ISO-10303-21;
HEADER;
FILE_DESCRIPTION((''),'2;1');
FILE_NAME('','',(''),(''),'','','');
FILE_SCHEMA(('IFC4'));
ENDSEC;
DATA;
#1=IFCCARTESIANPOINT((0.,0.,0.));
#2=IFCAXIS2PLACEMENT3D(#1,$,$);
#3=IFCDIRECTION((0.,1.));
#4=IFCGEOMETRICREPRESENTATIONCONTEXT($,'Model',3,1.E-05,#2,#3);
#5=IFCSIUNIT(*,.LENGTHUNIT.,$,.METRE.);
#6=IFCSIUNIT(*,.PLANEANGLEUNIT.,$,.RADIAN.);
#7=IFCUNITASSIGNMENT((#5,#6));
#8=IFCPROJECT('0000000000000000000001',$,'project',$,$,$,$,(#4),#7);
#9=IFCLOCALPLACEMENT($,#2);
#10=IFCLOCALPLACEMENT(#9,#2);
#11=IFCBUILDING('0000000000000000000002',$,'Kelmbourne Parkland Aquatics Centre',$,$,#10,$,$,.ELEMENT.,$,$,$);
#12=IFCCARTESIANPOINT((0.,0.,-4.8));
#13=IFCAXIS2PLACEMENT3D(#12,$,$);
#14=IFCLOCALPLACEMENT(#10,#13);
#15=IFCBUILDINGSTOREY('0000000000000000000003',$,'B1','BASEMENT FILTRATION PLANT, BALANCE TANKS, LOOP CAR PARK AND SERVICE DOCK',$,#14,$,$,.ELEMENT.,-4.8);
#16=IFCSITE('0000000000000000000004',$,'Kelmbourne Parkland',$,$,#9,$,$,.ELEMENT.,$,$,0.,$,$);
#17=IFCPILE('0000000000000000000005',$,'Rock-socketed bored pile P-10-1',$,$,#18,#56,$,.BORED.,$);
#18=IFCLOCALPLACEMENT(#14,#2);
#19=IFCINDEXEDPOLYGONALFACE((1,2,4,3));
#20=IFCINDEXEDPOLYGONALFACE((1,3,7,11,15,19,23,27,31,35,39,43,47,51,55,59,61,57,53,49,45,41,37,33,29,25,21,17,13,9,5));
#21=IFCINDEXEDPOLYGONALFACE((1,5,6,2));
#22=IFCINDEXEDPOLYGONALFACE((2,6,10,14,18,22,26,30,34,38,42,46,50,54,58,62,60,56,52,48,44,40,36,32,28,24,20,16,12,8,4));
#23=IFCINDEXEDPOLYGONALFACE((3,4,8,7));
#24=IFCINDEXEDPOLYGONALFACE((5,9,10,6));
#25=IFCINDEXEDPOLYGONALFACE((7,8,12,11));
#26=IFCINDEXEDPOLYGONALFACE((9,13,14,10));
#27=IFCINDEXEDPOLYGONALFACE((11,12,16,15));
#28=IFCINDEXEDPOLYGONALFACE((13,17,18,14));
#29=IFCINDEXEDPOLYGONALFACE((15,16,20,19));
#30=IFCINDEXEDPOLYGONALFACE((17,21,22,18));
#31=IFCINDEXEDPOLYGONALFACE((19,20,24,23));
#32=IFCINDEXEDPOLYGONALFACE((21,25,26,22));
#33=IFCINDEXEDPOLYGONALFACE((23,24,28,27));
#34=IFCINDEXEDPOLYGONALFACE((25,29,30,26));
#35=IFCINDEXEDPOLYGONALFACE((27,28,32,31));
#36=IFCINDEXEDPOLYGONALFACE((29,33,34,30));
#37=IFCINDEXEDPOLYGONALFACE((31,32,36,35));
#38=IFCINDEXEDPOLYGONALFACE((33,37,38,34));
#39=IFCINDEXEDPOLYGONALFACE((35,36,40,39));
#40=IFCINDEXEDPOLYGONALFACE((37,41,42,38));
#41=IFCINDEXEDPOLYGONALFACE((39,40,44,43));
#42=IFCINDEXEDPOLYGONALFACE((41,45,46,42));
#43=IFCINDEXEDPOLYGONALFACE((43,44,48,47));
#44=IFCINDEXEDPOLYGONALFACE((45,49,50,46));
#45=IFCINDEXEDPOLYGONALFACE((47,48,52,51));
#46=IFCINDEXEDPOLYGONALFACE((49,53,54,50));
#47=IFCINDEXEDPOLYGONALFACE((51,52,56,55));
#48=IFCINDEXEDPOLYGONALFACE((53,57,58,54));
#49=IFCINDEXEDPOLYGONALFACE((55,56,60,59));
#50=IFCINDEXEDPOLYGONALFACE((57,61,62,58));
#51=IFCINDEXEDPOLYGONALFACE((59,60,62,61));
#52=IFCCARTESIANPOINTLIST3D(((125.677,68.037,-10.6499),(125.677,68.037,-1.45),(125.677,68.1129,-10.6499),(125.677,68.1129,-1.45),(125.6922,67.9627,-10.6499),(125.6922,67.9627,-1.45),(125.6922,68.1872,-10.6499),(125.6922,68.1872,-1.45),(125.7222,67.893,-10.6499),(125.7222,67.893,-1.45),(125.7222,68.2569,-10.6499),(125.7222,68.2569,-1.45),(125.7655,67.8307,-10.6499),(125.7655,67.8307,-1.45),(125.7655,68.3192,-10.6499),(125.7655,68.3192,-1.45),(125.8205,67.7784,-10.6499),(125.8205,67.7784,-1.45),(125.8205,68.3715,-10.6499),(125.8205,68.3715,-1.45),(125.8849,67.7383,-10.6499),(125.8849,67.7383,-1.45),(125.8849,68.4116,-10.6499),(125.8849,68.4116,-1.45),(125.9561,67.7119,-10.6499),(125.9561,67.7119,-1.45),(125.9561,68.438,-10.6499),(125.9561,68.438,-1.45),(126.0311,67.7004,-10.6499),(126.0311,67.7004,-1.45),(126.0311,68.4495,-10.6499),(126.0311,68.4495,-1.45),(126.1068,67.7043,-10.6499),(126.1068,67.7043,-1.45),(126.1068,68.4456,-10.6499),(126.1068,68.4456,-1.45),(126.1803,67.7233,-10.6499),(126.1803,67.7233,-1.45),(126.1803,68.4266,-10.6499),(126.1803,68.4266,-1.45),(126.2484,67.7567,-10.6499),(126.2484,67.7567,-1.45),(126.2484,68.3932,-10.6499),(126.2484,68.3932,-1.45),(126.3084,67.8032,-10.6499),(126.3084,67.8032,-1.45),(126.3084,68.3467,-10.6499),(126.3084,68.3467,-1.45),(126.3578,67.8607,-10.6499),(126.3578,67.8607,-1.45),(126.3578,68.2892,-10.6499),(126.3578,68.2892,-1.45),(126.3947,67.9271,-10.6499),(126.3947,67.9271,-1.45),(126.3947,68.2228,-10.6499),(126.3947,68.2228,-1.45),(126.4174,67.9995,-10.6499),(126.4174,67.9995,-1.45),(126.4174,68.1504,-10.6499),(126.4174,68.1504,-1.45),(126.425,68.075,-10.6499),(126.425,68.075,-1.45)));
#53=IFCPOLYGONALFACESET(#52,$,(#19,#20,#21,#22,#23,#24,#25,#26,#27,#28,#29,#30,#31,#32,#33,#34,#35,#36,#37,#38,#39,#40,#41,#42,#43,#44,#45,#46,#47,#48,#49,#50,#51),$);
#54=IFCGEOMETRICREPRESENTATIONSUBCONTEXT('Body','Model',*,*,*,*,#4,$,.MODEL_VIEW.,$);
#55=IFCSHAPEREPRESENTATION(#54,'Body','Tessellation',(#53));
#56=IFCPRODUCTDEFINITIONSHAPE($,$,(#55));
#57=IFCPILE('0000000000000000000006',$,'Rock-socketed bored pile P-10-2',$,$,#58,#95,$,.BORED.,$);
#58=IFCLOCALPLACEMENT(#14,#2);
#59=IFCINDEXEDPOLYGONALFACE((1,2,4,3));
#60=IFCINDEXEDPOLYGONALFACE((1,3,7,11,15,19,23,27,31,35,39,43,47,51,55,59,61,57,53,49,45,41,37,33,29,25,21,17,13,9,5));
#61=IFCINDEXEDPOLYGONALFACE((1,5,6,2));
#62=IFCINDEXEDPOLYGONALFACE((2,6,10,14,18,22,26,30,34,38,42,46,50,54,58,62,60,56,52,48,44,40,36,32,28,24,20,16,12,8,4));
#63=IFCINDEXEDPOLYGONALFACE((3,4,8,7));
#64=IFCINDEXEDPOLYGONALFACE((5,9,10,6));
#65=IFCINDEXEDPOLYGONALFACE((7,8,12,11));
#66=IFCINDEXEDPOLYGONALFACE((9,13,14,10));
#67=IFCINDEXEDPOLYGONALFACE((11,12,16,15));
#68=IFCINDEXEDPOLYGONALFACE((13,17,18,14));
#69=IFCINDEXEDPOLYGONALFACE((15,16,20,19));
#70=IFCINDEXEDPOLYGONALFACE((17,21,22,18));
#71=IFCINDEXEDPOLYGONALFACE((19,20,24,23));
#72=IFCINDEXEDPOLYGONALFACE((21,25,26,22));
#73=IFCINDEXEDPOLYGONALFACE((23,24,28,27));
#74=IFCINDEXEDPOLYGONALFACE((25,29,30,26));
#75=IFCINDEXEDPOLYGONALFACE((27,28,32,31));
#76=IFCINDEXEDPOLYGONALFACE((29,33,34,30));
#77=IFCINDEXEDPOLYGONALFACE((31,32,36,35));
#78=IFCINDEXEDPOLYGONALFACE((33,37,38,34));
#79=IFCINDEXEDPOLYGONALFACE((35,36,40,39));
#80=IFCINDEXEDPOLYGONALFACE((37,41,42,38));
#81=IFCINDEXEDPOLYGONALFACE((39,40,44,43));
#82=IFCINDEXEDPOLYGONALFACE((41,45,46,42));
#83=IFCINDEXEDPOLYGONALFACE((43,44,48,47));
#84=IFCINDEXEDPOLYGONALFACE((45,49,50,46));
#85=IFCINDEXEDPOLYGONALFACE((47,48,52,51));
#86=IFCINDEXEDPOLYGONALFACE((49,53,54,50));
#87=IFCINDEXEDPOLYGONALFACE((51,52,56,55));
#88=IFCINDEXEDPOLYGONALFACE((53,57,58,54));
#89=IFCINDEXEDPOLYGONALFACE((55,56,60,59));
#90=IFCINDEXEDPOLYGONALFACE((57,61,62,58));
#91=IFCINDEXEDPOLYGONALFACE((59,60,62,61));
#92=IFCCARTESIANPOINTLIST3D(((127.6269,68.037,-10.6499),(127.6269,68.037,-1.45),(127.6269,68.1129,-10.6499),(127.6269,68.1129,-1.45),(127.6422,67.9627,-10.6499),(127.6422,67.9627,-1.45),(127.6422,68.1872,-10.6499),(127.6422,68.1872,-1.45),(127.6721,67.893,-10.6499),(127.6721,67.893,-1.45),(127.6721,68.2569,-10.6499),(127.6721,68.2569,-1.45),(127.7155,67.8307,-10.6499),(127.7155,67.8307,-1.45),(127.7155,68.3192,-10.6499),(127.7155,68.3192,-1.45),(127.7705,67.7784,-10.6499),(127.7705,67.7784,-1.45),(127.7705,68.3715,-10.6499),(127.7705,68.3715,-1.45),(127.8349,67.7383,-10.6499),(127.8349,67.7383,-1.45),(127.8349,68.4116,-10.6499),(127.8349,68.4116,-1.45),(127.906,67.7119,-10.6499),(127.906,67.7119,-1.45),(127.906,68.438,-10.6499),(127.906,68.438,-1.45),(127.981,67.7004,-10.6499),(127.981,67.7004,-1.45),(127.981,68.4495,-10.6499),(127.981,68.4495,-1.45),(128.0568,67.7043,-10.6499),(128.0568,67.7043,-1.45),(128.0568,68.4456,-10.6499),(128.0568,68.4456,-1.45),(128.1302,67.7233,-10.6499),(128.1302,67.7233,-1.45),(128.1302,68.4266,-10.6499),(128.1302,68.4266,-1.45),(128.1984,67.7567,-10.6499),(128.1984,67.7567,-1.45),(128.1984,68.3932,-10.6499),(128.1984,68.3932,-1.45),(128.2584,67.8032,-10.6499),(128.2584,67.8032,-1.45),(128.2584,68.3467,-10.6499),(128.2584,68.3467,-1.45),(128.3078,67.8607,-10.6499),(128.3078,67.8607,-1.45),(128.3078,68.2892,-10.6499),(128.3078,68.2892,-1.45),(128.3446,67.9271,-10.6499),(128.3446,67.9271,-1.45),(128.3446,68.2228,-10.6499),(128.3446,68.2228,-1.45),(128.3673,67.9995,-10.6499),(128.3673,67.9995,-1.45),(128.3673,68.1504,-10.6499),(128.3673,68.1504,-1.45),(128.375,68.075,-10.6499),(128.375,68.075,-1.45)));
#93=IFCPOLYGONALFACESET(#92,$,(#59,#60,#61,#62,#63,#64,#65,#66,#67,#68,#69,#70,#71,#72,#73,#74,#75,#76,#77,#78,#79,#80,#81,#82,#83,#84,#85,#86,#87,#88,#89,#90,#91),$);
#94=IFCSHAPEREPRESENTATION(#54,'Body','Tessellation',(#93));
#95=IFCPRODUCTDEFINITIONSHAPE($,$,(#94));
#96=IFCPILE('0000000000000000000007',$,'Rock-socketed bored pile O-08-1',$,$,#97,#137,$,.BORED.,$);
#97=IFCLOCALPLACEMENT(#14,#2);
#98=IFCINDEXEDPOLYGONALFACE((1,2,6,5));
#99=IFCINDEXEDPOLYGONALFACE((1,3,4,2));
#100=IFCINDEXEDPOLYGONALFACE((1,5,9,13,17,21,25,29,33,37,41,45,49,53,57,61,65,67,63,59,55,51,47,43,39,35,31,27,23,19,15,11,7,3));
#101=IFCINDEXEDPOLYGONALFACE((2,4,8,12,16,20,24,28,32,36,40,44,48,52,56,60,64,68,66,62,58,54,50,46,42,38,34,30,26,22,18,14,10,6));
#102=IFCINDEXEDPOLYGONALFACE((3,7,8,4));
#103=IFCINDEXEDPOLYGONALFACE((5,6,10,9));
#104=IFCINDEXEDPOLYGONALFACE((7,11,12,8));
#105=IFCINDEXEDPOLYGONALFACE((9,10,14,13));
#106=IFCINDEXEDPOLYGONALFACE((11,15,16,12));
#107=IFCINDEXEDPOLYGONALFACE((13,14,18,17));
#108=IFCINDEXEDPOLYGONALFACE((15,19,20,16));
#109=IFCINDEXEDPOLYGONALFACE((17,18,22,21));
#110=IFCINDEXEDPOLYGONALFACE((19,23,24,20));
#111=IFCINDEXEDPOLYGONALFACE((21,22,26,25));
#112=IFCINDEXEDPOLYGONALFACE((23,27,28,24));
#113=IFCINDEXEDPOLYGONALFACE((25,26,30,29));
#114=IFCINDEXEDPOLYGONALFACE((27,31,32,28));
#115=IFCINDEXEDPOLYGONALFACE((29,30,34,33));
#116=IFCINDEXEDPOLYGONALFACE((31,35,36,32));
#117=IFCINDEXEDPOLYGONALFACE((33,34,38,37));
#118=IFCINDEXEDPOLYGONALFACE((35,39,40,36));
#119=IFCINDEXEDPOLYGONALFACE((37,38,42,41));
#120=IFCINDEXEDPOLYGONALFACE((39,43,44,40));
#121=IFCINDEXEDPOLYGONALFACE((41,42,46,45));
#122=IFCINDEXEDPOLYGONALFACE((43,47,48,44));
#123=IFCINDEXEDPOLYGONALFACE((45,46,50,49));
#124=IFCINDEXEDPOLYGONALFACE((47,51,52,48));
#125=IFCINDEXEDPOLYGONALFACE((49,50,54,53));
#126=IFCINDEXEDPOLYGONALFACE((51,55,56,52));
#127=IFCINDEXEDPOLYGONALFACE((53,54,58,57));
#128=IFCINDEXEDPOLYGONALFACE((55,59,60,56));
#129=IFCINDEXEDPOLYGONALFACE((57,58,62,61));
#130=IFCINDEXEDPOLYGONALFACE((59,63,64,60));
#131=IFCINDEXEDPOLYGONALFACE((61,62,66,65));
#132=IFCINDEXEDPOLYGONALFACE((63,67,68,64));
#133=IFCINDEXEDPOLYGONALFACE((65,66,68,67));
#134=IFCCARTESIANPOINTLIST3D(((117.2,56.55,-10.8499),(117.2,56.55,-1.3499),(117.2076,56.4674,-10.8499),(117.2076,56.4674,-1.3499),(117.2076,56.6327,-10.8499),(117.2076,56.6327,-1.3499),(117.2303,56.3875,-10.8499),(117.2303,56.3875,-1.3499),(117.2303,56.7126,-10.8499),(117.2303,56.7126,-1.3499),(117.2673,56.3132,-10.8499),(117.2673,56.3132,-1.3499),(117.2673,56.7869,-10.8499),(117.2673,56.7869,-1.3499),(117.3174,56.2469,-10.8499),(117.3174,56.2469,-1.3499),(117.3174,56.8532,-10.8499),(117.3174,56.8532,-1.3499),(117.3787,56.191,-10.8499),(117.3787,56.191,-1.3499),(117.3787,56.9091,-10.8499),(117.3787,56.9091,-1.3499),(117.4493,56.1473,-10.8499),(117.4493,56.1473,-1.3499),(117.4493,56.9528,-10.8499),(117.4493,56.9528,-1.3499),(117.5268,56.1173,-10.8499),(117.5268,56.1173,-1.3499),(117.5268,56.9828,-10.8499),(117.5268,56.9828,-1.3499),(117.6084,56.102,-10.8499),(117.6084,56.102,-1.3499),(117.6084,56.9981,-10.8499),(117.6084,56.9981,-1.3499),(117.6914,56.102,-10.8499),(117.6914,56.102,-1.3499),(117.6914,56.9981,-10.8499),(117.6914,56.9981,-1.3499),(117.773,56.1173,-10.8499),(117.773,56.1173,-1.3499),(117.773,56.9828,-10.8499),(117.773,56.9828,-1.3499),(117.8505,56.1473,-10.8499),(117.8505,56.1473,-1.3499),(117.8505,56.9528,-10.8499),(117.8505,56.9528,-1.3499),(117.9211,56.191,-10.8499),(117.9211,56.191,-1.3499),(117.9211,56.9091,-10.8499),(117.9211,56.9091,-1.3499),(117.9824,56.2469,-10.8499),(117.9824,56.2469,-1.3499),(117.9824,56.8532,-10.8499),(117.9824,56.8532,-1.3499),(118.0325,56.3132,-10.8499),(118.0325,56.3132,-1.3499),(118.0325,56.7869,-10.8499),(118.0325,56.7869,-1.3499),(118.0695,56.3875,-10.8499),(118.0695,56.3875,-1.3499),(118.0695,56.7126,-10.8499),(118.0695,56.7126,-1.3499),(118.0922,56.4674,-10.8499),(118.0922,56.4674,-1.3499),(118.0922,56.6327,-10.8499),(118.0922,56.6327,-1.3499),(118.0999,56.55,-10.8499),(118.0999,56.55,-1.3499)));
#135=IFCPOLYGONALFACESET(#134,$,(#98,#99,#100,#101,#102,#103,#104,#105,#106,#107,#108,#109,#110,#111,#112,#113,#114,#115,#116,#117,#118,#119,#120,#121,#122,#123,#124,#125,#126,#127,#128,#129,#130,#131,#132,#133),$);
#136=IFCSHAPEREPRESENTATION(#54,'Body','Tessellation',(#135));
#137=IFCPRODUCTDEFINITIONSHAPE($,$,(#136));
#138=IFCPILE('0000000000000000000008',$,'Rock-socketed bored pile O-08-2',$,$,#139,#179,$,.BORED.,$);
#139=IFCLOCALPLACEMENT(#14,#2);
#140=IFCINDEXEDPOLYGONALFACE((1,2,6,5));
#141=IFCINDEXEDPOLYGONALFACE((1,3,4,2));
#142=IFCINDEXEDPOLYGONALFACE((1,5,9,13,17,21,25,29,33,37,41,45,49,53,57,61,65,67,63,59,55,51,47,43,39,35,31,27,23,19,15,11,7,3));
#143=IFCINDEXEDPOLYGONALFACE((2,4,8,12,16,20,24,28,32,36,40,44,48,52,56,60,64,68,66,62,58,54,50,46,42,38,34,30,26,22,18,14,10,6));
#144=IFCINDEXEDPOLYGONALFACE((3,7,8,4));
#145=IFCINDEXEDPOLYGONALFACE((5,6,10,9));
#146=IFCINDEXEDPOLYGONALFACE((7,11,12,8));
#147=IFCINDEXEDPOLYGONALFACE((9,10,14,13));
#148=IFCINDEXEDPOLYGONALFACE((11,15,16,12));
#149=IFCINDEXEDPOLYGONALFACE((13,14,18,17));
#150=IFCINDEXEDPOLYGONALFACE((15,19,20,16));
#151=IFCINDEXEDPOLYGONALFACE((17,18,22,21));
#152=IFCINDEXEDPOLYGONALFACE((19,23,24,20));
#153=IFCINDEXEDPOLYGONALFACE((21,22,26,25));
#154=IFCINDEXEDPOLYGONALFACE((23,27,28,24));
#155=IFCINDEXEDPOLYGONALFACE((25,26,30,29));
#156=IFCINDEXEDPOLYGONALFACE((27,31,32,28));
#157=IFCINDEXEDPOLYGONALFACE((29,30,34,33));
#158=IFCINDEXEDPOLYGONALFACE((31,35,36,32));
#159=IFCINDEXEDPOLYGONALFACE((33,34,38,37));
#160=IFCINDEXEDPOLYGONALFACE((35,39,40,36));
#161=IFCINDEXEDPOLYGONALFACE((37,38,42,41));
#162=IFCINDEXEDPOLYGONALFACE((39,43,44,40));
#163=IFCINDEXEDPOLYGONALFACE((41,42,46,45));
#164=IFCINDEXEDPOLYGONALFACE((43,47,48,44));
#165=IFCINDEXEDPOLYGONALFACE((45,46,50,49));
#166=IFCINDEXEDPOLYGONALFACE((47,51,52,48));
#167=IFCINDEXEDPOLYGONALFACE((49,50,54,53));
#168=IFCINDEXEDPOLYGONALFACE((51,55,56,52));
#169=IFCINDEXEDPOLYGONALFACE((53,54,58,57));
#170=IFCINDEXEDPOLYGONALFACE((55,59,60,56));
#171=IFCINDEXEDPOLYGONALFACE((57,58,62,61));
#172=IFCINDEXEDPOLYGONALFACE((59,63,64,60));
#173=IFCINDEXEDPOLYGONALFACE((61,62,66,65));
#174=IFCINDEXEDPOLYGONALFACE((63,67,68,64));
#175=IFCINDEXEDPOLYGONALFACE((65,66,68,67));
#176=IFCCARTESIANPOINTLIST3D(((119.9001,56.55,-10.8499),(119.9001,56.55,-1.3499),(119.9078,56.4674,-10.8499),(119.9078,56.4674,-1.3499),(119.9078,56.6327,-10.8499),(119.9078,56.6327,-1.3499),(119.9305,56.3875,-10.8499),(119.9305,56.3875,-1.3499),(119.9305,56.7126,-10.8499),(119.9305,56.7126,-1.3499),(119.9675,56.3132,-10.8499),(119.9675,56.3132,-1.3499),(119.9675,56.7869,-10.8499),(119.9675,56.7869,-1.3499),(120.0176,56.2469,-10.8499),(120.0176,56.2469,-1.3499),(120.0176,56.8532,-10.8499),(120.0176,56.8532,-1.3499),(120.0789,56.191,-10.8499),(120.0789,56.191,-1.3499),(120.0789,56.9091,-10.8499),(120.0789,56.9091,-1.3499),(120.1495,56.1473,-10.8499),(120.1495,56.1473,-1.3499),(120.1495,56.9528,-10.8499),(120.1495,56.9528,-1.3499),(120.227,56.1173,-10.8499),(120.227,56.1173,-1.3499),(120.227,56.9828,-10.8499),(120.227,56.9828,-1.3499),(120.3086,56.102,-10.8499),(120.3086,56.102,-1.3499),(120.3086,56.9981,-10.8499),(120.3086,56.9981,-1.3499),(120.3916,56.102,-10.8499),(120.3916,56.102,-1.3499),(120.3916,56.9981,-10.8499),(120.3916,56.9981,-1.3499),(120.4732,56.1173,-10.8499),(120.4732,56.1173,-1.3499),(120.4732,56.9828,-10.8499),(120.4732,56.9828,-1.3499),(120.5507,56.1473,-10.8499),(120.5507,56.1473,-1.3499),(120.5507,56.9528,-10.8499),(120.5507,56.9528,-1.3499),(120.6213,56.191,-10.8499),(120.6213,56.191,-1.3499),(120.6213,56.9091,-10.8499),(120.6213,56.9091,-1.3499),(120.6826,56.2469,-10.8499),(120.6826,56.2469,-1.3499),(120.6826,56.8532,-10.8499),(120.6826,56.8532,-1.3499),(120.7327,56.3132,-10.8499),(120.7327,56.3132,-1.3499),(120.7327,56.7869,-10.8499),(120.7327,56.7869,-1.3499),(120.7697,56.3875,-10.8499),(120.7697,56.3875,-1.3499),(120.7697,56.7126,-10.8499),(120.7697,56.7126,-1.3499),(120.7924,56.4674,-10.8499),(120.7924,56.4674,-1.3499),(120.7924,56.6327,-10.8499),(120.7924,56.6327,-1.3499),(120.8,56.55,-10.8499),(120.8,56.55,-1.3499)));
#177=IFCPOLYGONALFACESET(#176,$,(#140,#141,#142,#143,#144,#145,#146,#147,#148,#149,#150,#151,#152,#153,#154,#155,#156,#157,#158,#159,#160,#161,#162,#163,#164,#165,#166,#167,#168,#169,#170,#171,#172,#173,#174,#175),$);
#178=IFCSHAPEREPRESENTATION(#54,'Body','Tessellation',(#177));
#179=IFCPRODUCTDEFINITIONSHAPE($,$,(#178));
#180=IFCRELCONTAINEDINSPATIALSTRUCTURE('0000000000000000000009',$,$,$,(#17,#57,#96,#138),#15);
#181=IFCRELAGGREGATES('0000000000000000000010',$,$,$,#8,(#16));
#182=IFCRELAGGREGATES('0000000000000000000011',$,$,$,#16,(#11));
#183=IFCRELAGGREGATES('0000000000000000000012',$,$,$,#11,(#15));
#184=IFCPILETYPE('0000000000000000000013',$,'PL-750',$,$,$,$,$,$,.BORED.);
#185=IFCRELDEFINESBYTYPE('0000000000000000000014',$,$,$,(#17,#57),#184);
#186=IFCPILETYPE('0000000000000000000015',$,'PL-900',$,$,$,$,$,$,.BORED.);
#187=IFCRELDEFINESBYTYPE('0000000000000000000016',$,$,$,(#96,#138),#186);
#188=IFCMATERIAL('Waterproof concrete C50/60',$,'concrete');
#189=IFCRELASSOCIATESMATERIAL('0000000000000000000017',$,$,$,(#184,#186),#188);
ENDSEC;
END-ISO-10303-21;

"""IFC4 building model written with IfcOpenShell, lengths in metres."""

from ifc_helpers import new_model, si_unit, direction, frame, origin, origin_2d, place, context, subcontext, project, spatial, circle, extrude, material, material_profile, profile_set, type_object, element, save


model = new_model("IFC4")

# Units and contexts
model_context = context("Model", 3, precision=1e-05, world=origin(), true_north=direction((0.0, 1.0)))
body_context = subcontext(model_context, "Body", "Model", "MODEL_VIEW")
ifc_project = project(units=[si_unit("LENGTHUNIT", "METRE"), si_unit("PLANEANGLEUNIT", "RADIAN")], contexts=[model_context])

# Site, building, storey
site_placement = place(None, origin())
site = spatial("IfcSite", under=ifc_project, at=site_placement, Name="Kelmbourne Parkland", CompositionType="ELEMENT", RefElevation=0.0)
building_placement = place(site_placement, origin())
building = spatial("IfcBuilding", under=site, at=building_placement, Name="Kelmbourne Parkland Aquatics Centre", CompositionType="ELEMENT")
storey_placement = place(building_placement, frame((0.0, 0.0, -4.8)))
storey = spatial("IfcBuildingStorey", under=building, at=storey_placement, Name="B1", Description="BASEMENT FILTRATION PLANT, BALANCE TANKS, LOOP CAR PARK AND SERVICE DOCK", CompositionType="ELEMENT", Elevation=-4.8)

# Shared definitions
ifc_material_1 = material(Name="Waterproof concrete C50/60", Category="concrete")

# Piles
ifc_material_profile_1 = material_profile(ifc_material_1, circle(Radius=0.375, at=origin_2d()), Name="PILE D750")
ifc_profile_set_1 = profile_set([ifc_material_profile_1], Name="Waterproof concrete C50/60")
pile_type_1 = type_object("IfcPileType", Name="PL-750", PredefinedType="BORED", material=ifc_profile_set_1)
for number, where, z_axis, x_axis, name in (
    (1, (126.05, 68.075, -1.45), (0.0, 0.0, -1.0), (1.0, 0.0, 0.0), "Rock-socketed bored pile P-10-1"),
    (2, (128.0, 68.075, -1.45), (0.0, 0.0, -1.0), (1.0, 0.0, 0.0), "Rock-socketed bored pile P-10-2"),
):
    element("IfcPile", number, at=place(storey_placement, frame(where, z_axis=z_axis, x_axis=x_axis)), inside=storey, type_object=pile_type_1, Name=name, PredefinedType="BORED", context=body_context, shape_type="SweptSolid", body=[
        extrude(circle(Radius=0.375, at=origin_2d()), origin(), (0.0, 0.0, 1.0), 9.2),
    ])
ifc_material_profile_2 = material_profile(ifc_material_1, circle(Radius=0.45, at=origin_2d()), Name="PILE D900")
ifc_profile_set_2 = profile_set([ifc_material_profile_2], Name="Waterproof concrete C50/60")
pile_type_2 = type_object("IfcPileType", Name="PL-900", PredefinedType="BORED", material=ifc_profile_set_2)
for number, where, z_axis, x_axis, name in (
    (3, (117.6499, 56.55, -1.3499), (0.0, 0.0, -1.0), (1.0, 0.0, 0.0), "Rock-socketed bored pile O-08-1"),
    (4, (120.3501, 56.55, -1.3499), (0.0, 0.0, -1.0), (1.0, 0.0, 0.0), "Rock-socketed bored pile O-08-2"),
):
    element("IfcPile", number, at=place(storey_placement, frame(where, z_axis=z_axis, x_axis=x_axis)), inside=storey, type_object=pile_type_2, Name=name, PredefinedType="BORED", context=body_context, shape_type="SweptSolid", body=[
        extrude(circle(Radius=0.45, at=origin_2d()), origin(), (0.0, 0.0, 1.0), 9.5),
    ])

save(model, "model.ifc")
